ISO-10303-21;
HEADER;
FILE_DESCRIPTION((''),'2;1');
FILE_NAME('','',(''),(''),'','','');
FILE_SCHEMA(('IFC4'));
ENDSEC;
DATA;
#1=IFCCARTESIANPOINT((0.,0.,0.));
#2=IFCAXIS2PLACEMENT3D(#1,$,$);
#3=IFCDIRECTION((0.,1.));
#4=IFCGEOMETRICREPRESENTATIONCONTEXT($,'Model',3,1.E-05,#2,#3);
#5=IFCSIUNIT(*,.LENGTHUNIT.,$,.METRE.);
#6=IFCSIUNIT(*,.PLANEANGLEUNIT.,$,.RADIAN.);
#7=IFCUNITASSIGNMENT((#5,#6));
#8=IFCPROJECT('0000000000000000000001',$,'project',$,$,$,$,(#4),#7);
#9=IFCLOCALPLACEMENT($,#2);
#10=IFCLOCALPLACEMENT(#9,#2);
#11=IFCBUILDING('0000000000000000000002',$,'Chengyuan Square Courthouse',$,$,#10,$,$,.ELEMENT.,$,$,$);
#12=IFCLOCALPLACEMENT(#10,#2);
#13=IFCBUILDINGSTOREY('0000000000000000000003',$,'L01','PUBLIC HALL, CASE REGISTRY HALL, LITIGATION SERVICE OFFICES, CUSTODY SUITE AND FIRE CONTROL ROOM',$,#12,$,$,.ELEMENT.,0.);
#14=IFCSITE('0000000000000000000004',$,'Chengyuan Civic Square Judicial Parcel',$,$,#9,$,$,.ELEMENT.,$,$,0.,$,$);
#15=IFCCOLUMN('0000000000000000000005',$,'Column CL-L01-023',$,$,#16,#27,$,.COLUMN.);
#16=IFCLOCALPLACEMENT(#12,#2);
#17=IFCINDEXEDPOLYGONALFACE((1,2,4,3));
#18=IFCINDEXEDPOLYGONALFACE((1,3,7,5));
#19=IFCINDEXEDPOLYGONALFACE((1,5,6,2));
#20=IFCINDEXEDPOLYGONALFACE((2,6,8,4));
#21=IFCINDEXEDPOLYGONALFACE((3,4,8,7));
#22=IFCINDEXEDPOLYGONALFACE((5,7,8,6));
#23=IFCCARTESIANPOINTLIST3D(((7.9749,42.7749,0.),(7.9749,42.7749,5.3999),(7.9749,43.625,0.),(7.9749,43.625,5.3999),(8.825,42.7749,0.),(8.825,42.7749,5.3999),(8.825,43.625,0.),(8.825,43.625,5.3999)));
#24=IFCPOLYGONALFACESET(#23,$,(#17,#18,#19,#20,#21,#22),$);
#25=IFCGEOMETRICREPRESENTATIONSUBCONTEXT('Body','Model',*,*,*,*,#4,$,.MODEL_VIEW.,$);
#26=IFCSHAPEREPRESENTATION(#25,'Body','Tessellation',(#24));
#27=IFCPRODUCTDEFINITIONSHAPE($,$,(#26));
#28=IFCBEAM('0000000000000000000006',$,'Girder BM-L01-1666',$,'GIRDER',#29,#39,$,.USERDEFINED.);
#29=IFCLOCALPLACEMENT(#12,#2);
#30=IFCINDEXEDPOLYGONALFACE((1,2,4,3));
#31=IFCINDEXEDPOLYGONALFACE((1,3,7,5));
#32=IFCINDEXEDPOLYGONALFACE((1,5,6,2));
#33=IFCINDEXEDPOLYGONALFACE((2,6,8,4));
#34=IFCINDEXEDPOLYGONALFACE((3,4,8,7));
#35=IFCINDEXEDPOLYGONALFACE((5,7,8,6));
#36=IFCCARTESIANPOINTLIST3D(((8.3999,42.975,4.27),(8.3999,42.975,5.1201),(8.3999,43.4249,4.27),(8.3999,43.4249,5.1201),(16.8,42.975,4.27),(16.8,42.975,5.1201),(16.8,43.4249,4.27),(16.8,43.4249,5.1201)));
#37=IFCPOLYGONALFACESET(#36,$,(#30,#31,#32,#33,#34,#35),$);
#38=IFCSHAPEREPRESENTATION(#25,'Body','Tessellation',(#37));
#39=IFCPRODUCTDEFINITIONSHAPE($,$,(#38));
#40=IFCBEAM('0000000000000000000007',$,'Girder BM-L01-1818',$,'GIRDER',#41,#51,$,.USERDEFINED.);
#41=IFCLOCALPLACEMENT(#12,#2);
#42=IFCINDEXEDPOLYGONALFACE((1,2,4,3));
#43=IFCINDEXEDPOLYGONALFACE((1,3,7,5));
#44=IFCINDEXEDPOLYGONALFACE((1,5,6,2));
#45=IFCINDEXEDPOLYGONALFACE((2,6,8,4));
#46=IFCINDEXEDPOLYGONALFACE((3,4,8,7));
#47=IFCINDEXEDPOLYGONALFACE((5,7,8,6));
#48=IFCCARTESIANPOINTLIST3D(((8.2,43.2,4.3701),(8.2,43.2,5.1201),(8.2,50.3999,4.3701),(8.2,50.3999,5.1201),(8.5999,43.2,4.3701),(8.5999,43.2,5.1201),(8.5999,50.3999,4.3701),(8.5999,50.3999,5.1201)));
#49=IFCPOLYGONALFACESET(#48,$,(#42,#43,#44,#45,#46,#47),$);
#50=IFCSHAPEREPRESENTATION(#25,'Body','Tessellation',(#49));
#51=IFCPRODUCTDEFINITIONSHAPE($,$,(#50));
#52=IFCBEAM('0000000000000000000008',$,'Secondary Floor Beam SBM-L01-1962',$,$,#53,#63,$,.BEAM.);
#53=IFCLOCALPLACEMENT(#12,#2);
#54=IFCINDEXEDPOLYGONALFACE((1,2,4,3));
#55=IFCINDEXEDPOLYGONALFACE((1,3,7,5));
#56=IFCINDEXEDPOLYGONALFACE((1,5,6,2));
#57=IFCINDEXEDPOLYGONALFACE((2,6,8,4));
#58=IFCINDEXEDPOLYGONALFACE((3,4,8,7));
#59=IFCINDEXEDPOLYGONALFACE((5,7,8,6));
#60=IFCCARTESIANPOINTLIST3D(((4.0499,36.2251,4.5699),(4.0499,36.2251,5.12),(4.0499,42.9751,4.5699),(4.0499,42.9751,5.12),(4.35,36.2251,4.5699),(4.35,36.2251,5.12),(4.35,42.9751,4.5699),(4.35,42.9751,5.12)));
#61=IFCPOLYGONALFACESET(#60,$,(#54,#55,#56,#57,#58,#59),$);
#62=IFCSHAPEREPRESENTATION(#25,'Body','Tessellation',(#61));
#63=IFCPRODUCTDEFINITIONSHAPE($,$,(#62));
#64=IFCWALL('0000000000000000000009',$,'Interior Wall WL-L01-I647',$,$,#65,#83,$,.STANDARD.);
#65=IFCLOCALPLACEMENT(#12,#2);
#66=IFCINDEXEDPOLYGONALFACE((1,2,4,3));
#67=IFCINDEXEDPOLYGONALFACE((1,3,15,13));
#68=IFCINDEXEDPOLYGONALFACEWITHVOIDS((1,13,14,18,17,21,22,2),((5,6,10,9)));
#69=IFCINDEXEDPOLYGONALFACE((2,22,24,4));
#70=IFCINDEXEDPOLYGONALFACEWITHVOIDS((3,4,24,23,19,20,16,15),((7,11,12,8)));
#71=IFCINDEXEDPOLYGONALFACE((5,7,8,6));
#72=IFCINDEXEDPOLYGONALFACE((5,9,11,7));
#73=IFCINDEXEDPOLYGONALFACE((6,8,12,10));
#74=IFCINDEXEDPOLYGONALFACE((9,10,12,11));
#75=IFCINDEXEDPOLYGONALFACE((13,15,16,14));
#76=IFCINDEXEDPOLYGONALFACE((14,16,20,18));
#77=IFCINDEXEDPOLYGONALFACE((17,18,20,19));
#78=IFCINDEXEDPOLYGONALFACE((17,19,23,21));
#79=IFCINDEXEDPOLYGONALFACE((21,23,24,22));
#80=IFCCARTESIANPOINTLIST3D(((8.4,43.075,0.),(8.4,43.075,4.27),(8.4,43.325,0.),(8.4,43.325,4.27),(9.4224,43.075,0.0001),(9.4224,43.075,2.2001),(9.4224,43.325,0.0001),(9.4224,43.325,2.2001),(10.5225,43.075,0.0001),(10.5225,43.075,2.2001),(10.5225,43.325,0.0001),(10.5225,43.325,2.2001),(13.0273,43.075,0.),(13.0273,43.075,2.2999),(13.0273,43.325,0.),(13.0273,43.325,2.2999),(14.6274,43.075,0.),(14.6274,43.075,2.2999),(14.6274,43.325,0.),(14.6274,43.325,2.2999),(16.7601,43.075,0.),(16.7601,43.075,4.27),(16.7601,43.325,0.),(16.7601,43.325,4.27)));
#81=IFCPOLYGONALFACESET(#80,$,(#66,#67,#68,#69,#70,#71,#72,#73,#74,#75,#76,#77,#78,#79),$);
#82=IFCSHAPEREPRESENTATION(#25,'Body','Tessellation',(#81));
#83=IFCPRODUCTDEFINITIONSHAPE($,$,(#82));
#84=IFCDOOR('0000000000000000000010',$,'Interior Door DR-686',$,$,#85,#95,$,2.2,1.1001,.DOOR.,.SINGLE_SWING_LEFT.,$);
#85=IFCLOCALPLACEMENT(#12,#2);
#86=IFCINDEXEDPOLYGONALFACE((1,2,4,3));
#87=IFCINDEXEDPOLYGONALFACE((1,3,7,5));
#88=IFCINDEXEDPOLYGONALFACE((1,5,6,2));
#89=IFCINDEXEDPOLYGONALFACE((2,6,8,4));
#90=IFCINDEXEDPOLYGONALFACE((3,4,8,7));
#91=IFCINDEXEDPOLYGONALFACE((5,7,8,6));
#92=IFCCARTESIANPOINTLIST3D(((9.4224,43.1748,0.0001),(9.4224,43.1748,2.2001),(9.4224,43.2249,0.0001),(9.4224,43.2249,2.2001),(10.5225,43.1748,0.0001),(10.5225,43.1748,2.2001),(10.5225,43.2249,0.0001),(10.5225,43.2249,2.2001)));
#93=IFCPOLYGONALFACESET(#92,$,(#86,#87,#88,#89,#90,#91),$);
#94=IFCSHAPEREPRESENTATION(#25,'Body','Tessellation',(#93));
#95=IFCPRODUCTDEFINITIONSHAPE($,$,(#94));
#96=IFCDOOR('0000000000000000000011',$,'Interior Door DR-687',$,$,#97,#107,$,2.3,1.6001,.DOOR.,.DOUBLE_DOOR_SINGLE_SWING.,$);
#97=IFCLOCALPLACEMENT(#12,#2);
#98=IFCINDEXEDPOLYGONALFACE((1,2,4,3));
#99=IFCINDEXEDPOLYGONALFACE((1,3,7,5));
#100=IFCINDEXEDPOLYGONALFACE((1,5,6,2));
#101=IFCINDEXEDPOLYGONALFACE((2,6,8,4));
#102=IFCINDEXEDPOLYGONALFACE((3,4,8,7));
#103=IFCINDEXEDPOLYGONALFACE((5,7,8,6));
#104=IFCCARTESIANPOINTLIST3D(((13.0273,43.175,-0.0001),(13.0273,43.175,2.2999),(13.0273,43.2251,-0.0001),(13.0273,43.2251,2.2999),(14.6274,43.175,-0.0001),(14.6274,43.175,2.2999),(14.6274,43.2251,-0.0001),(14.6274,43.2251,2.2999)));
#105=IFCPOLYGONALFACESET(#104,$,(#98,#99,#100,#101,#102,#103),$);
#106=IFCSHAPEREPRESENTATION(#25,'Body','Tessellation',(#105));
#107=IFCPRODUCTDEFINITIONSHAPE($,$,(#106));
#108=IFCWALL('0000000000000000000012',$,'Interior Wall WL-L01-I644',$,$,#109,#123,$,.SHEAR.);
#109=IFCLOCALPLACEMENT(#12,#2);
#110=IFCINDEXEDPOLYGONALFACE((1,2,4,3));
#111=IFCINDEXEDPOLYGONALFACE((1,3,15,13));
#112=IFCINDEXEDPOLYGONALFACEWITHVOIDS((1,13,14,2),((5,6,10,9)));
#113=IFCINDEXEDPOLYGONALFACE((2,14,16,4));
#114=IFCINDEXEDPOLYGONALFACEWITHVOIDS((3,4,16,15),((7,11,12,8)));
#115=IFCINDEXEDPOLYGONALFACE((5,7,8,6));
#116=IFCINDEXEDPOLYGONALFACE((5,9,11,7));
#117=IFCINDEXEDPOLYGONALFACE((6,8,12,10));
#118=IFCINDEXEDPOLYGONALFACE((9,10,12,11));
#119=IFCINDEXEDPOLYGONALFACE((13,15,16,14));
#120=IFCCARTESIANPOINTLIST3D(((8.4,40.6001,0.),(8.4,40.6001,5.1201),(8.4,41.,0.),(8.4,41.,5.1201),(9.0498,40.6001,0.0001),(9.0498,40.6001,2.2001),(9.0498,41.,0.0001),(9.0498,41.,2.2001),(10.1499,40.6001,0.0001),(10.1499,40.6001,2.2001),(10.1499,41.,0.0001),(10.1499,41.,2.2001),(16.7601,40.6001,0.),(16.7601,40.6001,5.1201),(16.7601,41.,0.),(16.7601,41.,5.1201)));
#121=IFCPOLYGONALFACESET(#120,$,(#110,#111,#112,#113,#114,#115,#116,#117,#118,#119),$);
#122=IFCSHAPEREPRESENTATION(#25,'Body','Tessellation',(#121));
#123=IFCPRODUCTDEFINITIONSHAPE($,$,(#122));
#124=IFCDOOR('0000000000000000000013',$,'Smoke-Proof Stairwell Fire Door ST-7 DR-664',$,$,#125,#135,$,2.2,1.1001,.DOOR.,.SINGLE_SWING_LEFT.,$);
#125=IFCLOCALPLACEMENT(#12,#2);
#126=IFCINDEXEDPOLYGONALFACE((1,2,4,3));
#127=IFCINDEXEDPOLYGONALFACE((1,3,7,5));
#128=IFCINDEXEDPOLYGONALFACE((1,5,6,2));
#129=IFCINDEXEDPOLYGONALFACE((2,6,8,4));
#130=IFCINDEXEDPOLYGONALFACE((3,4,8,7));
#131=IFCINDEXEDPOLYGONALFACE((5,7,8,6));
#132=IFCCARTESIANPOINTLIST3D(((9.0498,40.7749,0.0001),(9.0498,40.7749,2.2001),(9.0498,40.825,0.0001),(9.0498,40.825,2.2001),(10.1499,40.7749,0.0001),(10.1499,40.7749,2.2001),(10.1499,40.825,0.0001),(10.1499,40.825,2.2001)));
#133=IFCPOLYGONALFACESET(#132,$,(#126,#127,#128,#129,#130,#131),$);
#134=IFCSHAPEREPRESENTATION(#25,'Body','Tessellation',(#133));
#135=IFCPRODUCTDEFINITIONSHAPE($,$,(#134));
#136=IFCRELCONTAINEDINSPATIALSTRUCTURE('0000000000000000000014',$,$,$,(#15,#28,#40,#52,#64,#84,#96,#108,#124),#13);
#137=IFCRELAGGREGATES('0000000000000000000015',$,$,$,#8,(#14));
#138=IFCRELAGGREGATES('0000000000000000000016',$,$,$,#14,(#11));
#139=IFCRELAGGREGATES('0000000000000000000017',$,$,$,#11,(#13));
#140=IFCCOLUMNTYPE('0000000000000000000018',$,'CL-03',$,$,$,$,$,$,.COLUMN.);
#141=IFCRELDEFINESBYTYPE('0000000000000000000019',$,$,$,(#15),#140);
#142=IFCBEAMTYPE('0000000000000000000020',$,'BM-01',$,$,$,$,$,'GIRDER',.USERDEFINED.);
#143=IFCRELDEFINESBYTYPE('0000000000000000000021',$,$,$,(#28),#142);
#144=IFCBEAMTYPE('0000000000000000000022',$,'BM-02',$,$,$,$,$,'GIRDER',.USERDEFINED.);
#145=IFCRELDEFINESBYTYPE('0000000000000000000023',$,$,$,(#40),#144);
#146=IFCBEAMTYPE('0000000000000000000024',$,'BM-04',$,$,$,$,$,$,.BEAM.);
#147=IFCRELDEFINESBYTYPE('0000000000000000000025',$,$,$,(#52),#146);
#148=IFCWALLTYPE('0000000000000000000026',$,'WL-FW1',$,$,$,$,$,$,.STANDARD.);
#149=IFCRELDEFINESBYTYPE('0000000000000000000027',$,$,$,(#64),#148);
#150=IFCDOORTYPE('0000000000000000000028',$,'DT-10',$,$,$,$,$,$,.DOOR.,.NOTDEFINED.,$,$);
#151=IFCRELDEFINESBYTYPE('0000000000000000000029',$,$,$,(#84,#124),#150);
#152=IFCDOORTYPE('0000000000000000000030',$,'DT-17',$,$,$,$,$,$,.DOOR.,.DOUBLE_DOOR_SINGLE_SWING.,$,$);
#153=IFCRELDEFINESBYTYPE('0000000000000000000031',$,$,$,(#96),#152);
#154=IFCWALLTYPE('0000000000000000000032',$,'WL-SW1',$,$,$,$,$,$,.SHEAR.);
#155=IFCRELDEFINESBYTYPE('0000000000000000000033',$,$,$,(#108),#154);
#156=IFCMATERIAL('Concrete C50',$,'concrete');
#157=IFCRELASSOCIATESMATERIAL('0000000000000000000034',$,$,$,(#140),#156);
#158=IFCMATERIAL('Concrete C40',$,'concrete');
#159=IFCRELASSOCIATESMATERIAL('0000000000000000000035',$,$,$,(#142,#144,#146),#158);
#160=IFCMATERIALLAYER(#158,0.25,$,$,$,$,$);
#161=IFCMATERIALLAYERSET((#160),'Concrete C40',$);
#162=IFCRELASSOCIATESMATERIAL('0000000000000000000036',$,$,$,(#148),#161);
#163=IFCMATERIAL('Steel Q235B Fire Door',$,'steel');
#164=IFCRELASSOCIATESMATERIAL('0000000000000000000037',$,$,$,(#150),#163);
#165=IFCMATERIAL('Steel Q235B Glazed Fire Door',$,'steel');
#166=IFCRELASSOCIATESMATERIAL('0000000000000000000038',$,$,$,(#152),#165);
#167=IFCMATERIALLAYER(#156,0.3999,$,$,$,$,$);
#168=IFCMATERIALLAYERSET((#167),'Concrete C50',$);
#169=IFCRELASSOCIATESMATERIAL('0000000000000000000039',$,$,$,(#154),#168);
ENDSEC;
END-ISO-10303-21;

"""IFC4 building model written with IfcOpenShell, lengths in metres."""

from ifc_helpers import new_model, si_unit, direction, frame, frame_2d, origin, origin_2d, place, context, subcontext, project, spatial, rectangle, extrude, material, layer, layer_set, material_profile, profile_set, type_object, element, fill, save


model = new_model("IFC4")

# Units and contexts
model_context = context("Model", 3, precision=1e-05, world=origin(), true_north=direction((0.0, 1.0)))
body_context = subcontext(model_context, "Body", "Model", "MODEL_VIEW")
ifc_project = project(units=[si_unit("LENGTHUNIT", "METRE"), si_unit("PLANEANGLEUNIT", "RADIAN")], contexts=[model_context])

# Site, building, storey
site_placement = place(None, origin())
site = spatial("IfcSite", under=ifc_project, at=site_placement, Name="Chengyuan Civic Square Judicial Parcel", CompositionType="ELEMENT", RefElevation=0.0)
building_placement = place(site_placement, origin())
building = spatial("IfcBuilding", under=site, at=building_placement, Name="Chengyuan Square Courthouse", CompositionType="ELEMENT")
storey_placement = place(building_placement, origin())
storey = spatial("IfcBuildingStorey", under=building, at=storey_placement, Name="L01", Description="PUBLIC HALL, CASE REGISTRY HALL, LITIGATION SERVICE OFFICES, CUSTODY SUITE AND FIRE CONTROL ROOM", CompositionType="ELEMENT", Elevation=0.0)

# Column
ifc_material_1 = material(Name="Concrete C50", Category="concrete")
ifc_material_profile_1 = material_profile(ifc_material_1, rectangle(XDim=0.8501, YDim=0.8501, at=origin_2d()), Name="RC-COL-850x850")
ifc_profile_set_1 = profile_set([ifc_material_profile_1], Name="Concrete C50")
column_type = type_object("IfcColumnType", Name="CL-03", PredefinedType="COLUMN", material=ifc_profile_set_1)
column_placement = place(storey_placement, frame((8.3999, 43.2, 0.0), z_axis=(0.0, 0.0, 1.0), x_axis=(1.0, 0.0, 0.0)))
element("IfcColumn", 1, at=column_placement, inside=storey, type_object=column_type, Name="Column CL-L01-023", PredefinedType="COLUMN", context=body_context, shape_type="SweptSolid", body=[
    extrude(rectangle(XDim=0.8501, YDim=0.8501, at=origin_2d()), origin(), (0.0, 0.0, 1.0), 5.3999),
])

# Beams
ifc_material_2 = material(Name="Concrete C40", Category="concrete")
ifc_material_profile_2 = material_profile(ifc_material_2, rectangle(XDim=0.45, YDim=0.8501, at=origin_2d()), Name="RC-BM-450x850")
ifc_profile_set_2 = profile_set([ifc_material_profile_2], Name="Concrete C40")
beam_type_1 = type_object("IfcBeamType", Name="BM-01", ElementType="GIRDER", PredefinedType="USERDEFINED", material=ifc_profile_set_2)
beam_1_placement = place(storey_placement, frame((8.3999, 43.2, 4.6951), z_axis=(1.0, 0.0, 0.0), x_axis=(0.0, 1.0, 0.0)))
element("IfcBeam", 2, at=beam_1_placement, inside=storey, type_object=beam_type_1, Name="Girder BM-L01-1666", ObjectType="GIRDER", PredefinedType="USERDEFINED", context=body_context, shape_type="SweptSolid", body=[
    extrude(rectangle(XDim=0.45, YDim=0.8501, at=origin_2d()), origin(), (0.0, 0.0, 1.0), 8.4001),
])
ifc_material_profile_3 = material_profile(ifc_material_2, rectangle(XDim=0.3999, YDim=0.75, at=origin_2d()), Name="RC-BM-400x750")
ifc_profile_set_3 = profile_set([ifc_material_profile_3], Name="Concrete C40")
beam_type_2 = type_object("IfcBeamType", Name="BM-02", ElementType="GIRDER", PredefinedType="USERDEFINED", material=ifc_profile_set_3)
beam_2_placement = place(storey_placement, frame((8.3999, 43.2, 4.7451), z_axis=(0.0, 1.0, 0.0), x_axis=(-1.0, 0.0, 0.0)))
element("IfcBeam", 3, at=beam_2_placement, inside=storey, type_object=beam_type_2, Name="Girder BM-L01-1818", ObjectType="GIRDER", PredefinedType="USERDEFINED", context=body_context, shape_type="SweptSolid", body=[
    extrude(rectangle(XDim=0.3999, YDim=0.75, at=origin_2d()), origin(), (0.0, 0.0, 1.0), 7.2),
])
ifc_material_profile_4 = material_profile(ifc_material_2, rectangle(XDim=0.3, YDim=0.55, at=origin_2d()), Name="RC-BM-300x550")
ifc_profile_set_4 = profile_set([ifc_material_profile_4], Name="Concrete C40")
beam_type_3 = type_object("IfcBeamType", Name="BM-04", PredefinedType="BEAM", material=ifc_profile_set_4)
beam_3_placement = place(storey_placement, frame((4.2, 36.2251, 4.845), z_axis=(0.0, 1.0, 0.0), x_axis=(-1.0, 0.0, 0.0)))
element("IfcBeam", 4, at=beam_3_placement, inside=storey, type_object=beam_type_3, Name="Secondary Floor Beam SBM-L01-1962", PredefinedType="BEAM", context=body_context, shape_type="SweptSolid", body=[
    extrude(rectangle(XDim=0.3, YDim=0.55, at=origin_2d()), origin(), (0.0, 0.0, 1.0), 6.75),
])

# Wall, openings, doors
ifc_layer_1 = layer(ifc_material_2, 0.25)
ifc_layer_set_1 = layer_set([ifc_layer_1], Name="Concrete C40")
wall_type_1 = type_object("IfcWallType", Name="WL-FW1", PredefinedType="STANDARD", material=ifc_layer_set_1)
wall_1_placement = place(storey_placement, frame((8.3999, 43.2, 0.0), z_axis=(0.0, 0.0, 1.0), x_axis=(1.0, 0.0, 0.0)))
wall_1 = element("IfcWall", 5, at=wall_1_placement, inside=storey, type_object=wall_type_1, Name="Interior Wall WL-L01-I647", PredefinedType="STANDARD", context=body_context, shape_type="SweptSolid", body=[
    extrude(rectangle(XDim=8.3601, YDim=0.25, at=frame_2d((4.1802, 0.0))), origin(), (0.0, 0.0, 1.0), 4.27),
])
opening_1_placement = place(wall_1_placement, frame((1.0225, 0.0, 0.0)))
opening_1 = element("IfcOpeningElement", 6, at=opening_1_placement, cuts=wall_1, PredefinedType="OPENING", context=body_context, shape_type="SweptSolid", body=[
    extrude(rectangle(XDim=1.1001, YDim=2.2, at=frame_2d((0.55, 1.1001))), frame((0.0, 0.137, 0.0), z_axis=(0.0, -1.0, 0.0), x_axis=(1.0, 0.0, 0.0)), (0.0, 0.0, 1.0), 0.2739),
])
opening_2_placement = place(wall_1_placement, frame((4.6274, 0.0, 0.0)))
opening_2 = element("IfcOpeningElement", 7, at=opening_2_placement, cuts=wall_1, PredefinedType="OPENING", context=body_context, shape_type="SweptSolid", body=[
    extrude(rectangle(XDim=1.6001, YDim=2.3, at=frame_2d((0.8, 1.1499))), frame((0.0, 0.137, 0.0), z_axis=(0.0, -1.0, 0.0), x_axis=(1.0, 0.0, 0.0)), (0.0, 0.0, 1.0), 0.2739),
])
ifc_material_3 = material(Name="Steel Q235B Fire Door", Category="steel")
door_type_1 = type_object("IfcDoorType", Name="DT-10", OperationType="NOTDEFINED", PredefinedType="DOOR", material=ifc_material_3)
door_1_placement = place(opening_1_placement, origin())
door_1 = element("IfcDoor", 8, at=door_1_placement, inside=storey, type_object=door_type_1, Name="Interior Door DR-686", OperationType="SINGLE_SWING_LEFT", OverallHeight=2.2, OverallWidth=1.1001, PredefinedType="DOOR", context=body_context, shape_type="SweptSolid", body=[
    extrude(rectangle(XDim=1.1001, YDim=2.2, at=frame_2d((0.55, 1.1001))), frame((0.0, 0.0249, 0.0), z_axis=(0.0, -1.0, 0.0), x_axis=(1.0, 0.0, 0.0)), (0.0, 0.0, 1.0), 0.05),
])
fill(opening_1, door_1)
ifc_material_4 = material(Name="Steel Q235B Glazed Fire Door", Category="steel")
door_type_2 = type_object("IfcDoorType", Name="DT-17", OperationType="DOUBLE_DOOR_SINGLE_SWING", PredefinedType="DOOR", material=ifc_material_4)
door_2_placement = place(opening_2_placement, frame((1.6001, 0.0, 0.0), z_axis=(0.0, 0.0, 1.0), x_axis=(-1.0, 0.0, 0.0)))
door_2 = element("IfcDoor", 9, at=door_2_placement, inside=storey, type_object=door_type_2, Name="Interior Door DR-687", OperationType="DOUBLE_DOOR_SINGLE_SWING", OverallHeight=2.3, OverallWidth=1.6001, PredefinedType="DOOR", context=body_context, shape_type="SweptSolid", body=[
    extrude(rectangle(XDim=1.6001, YDim=2.3, at=frame_2d((0.8, 1.1499))), frame((0.0, 0.0249, 0.0), z_axis=(0.0, -1.0, 0.0), x_axis=(1.0, 0.0, 0.0)), (0.0, 0.0, 1.0), 0.05),
])
fill(opening_2, door_2)

# Wall, opening, door
ifc_layer_2 = layer(ifc_material_1, 0.3999)
ifc_layer_set_2 = layer_set([ifc_layer_2], Name="Concrete C50")
wall_type_2 = type_object("IfcWallType", Name="WL-SW1", PredefinedType="SHEAR", material=ifc_layer_set_2)
wall_2_placement = place(storey_placement, frame((8.3999, 40.8, 0.0), z_axis=(0.0, 0.0, 1.0), x_axis=(1.0, 0.0, 0.0)))
wall_2 = element("IfcWall", 10, at=wall_2_placement, inside=storey, type_object=wall_type_2, Name="Interior Wall WL-L01-I644", PredefinedType="SHEAR", context=body_context, shape_type="SweptSolid", body=[
    extrude(rectangle(XDim=8.3601, YDim=0.3999, at=frame_2d((4.1802, 0.0))), origin(), (0.0, 0.0, 1.0), 5.1201),
])
opening_3_placement = place(wall_2_placement, frame((0.6499, 0.0, 0.0)))
opening_3 = element("IfcOpeningElement", 11, at=opening_3_placement, cuts=wall_2, PredefinedType="OPENING", context=body_context, shape_type="SweptSolid", body=[
    extrude(rectangle(XDim=1.1001, YDim=2.2, at=frame_2d((0.55, 1.1001))), frame((0.0, 0.2119, 0.0), z_axis=(0.0, -1.0, 0.0), x_axis=(1.0, 0.0, 0.0)), (0.0, 0.0, 1.0), 0.4238),
])
door_3_placement = place(opening_3_placement, origin())
door_3 = element("IfcDoor", 12, at=door_3_placement, inside=storey, type_object=door_type_1, Name="Smoke-Proof Stairwell Fire Door ST-7 DR-664", OperationType="SINGLE_SWING_LEFT", OverallHeight=2.2, OverallWidth=1.1001, PredefinedType="DOOR", context=body_context, shape_type="SweptSolid", body=[
    extrude(rectangle(XDim=1.1001, YDim=2.2, at=frame_2d((0.55, 1.1001))), frame((0.0, 0.0249, 0.0), z_axis=(0.0, -1.0, 0.0), x_axis=(1.0, 0.0, 0.0)), (0.0, 0.0, 1.0), 0.05),
])
fill(opening_3, door_3)

save(model, "model.ifc")
